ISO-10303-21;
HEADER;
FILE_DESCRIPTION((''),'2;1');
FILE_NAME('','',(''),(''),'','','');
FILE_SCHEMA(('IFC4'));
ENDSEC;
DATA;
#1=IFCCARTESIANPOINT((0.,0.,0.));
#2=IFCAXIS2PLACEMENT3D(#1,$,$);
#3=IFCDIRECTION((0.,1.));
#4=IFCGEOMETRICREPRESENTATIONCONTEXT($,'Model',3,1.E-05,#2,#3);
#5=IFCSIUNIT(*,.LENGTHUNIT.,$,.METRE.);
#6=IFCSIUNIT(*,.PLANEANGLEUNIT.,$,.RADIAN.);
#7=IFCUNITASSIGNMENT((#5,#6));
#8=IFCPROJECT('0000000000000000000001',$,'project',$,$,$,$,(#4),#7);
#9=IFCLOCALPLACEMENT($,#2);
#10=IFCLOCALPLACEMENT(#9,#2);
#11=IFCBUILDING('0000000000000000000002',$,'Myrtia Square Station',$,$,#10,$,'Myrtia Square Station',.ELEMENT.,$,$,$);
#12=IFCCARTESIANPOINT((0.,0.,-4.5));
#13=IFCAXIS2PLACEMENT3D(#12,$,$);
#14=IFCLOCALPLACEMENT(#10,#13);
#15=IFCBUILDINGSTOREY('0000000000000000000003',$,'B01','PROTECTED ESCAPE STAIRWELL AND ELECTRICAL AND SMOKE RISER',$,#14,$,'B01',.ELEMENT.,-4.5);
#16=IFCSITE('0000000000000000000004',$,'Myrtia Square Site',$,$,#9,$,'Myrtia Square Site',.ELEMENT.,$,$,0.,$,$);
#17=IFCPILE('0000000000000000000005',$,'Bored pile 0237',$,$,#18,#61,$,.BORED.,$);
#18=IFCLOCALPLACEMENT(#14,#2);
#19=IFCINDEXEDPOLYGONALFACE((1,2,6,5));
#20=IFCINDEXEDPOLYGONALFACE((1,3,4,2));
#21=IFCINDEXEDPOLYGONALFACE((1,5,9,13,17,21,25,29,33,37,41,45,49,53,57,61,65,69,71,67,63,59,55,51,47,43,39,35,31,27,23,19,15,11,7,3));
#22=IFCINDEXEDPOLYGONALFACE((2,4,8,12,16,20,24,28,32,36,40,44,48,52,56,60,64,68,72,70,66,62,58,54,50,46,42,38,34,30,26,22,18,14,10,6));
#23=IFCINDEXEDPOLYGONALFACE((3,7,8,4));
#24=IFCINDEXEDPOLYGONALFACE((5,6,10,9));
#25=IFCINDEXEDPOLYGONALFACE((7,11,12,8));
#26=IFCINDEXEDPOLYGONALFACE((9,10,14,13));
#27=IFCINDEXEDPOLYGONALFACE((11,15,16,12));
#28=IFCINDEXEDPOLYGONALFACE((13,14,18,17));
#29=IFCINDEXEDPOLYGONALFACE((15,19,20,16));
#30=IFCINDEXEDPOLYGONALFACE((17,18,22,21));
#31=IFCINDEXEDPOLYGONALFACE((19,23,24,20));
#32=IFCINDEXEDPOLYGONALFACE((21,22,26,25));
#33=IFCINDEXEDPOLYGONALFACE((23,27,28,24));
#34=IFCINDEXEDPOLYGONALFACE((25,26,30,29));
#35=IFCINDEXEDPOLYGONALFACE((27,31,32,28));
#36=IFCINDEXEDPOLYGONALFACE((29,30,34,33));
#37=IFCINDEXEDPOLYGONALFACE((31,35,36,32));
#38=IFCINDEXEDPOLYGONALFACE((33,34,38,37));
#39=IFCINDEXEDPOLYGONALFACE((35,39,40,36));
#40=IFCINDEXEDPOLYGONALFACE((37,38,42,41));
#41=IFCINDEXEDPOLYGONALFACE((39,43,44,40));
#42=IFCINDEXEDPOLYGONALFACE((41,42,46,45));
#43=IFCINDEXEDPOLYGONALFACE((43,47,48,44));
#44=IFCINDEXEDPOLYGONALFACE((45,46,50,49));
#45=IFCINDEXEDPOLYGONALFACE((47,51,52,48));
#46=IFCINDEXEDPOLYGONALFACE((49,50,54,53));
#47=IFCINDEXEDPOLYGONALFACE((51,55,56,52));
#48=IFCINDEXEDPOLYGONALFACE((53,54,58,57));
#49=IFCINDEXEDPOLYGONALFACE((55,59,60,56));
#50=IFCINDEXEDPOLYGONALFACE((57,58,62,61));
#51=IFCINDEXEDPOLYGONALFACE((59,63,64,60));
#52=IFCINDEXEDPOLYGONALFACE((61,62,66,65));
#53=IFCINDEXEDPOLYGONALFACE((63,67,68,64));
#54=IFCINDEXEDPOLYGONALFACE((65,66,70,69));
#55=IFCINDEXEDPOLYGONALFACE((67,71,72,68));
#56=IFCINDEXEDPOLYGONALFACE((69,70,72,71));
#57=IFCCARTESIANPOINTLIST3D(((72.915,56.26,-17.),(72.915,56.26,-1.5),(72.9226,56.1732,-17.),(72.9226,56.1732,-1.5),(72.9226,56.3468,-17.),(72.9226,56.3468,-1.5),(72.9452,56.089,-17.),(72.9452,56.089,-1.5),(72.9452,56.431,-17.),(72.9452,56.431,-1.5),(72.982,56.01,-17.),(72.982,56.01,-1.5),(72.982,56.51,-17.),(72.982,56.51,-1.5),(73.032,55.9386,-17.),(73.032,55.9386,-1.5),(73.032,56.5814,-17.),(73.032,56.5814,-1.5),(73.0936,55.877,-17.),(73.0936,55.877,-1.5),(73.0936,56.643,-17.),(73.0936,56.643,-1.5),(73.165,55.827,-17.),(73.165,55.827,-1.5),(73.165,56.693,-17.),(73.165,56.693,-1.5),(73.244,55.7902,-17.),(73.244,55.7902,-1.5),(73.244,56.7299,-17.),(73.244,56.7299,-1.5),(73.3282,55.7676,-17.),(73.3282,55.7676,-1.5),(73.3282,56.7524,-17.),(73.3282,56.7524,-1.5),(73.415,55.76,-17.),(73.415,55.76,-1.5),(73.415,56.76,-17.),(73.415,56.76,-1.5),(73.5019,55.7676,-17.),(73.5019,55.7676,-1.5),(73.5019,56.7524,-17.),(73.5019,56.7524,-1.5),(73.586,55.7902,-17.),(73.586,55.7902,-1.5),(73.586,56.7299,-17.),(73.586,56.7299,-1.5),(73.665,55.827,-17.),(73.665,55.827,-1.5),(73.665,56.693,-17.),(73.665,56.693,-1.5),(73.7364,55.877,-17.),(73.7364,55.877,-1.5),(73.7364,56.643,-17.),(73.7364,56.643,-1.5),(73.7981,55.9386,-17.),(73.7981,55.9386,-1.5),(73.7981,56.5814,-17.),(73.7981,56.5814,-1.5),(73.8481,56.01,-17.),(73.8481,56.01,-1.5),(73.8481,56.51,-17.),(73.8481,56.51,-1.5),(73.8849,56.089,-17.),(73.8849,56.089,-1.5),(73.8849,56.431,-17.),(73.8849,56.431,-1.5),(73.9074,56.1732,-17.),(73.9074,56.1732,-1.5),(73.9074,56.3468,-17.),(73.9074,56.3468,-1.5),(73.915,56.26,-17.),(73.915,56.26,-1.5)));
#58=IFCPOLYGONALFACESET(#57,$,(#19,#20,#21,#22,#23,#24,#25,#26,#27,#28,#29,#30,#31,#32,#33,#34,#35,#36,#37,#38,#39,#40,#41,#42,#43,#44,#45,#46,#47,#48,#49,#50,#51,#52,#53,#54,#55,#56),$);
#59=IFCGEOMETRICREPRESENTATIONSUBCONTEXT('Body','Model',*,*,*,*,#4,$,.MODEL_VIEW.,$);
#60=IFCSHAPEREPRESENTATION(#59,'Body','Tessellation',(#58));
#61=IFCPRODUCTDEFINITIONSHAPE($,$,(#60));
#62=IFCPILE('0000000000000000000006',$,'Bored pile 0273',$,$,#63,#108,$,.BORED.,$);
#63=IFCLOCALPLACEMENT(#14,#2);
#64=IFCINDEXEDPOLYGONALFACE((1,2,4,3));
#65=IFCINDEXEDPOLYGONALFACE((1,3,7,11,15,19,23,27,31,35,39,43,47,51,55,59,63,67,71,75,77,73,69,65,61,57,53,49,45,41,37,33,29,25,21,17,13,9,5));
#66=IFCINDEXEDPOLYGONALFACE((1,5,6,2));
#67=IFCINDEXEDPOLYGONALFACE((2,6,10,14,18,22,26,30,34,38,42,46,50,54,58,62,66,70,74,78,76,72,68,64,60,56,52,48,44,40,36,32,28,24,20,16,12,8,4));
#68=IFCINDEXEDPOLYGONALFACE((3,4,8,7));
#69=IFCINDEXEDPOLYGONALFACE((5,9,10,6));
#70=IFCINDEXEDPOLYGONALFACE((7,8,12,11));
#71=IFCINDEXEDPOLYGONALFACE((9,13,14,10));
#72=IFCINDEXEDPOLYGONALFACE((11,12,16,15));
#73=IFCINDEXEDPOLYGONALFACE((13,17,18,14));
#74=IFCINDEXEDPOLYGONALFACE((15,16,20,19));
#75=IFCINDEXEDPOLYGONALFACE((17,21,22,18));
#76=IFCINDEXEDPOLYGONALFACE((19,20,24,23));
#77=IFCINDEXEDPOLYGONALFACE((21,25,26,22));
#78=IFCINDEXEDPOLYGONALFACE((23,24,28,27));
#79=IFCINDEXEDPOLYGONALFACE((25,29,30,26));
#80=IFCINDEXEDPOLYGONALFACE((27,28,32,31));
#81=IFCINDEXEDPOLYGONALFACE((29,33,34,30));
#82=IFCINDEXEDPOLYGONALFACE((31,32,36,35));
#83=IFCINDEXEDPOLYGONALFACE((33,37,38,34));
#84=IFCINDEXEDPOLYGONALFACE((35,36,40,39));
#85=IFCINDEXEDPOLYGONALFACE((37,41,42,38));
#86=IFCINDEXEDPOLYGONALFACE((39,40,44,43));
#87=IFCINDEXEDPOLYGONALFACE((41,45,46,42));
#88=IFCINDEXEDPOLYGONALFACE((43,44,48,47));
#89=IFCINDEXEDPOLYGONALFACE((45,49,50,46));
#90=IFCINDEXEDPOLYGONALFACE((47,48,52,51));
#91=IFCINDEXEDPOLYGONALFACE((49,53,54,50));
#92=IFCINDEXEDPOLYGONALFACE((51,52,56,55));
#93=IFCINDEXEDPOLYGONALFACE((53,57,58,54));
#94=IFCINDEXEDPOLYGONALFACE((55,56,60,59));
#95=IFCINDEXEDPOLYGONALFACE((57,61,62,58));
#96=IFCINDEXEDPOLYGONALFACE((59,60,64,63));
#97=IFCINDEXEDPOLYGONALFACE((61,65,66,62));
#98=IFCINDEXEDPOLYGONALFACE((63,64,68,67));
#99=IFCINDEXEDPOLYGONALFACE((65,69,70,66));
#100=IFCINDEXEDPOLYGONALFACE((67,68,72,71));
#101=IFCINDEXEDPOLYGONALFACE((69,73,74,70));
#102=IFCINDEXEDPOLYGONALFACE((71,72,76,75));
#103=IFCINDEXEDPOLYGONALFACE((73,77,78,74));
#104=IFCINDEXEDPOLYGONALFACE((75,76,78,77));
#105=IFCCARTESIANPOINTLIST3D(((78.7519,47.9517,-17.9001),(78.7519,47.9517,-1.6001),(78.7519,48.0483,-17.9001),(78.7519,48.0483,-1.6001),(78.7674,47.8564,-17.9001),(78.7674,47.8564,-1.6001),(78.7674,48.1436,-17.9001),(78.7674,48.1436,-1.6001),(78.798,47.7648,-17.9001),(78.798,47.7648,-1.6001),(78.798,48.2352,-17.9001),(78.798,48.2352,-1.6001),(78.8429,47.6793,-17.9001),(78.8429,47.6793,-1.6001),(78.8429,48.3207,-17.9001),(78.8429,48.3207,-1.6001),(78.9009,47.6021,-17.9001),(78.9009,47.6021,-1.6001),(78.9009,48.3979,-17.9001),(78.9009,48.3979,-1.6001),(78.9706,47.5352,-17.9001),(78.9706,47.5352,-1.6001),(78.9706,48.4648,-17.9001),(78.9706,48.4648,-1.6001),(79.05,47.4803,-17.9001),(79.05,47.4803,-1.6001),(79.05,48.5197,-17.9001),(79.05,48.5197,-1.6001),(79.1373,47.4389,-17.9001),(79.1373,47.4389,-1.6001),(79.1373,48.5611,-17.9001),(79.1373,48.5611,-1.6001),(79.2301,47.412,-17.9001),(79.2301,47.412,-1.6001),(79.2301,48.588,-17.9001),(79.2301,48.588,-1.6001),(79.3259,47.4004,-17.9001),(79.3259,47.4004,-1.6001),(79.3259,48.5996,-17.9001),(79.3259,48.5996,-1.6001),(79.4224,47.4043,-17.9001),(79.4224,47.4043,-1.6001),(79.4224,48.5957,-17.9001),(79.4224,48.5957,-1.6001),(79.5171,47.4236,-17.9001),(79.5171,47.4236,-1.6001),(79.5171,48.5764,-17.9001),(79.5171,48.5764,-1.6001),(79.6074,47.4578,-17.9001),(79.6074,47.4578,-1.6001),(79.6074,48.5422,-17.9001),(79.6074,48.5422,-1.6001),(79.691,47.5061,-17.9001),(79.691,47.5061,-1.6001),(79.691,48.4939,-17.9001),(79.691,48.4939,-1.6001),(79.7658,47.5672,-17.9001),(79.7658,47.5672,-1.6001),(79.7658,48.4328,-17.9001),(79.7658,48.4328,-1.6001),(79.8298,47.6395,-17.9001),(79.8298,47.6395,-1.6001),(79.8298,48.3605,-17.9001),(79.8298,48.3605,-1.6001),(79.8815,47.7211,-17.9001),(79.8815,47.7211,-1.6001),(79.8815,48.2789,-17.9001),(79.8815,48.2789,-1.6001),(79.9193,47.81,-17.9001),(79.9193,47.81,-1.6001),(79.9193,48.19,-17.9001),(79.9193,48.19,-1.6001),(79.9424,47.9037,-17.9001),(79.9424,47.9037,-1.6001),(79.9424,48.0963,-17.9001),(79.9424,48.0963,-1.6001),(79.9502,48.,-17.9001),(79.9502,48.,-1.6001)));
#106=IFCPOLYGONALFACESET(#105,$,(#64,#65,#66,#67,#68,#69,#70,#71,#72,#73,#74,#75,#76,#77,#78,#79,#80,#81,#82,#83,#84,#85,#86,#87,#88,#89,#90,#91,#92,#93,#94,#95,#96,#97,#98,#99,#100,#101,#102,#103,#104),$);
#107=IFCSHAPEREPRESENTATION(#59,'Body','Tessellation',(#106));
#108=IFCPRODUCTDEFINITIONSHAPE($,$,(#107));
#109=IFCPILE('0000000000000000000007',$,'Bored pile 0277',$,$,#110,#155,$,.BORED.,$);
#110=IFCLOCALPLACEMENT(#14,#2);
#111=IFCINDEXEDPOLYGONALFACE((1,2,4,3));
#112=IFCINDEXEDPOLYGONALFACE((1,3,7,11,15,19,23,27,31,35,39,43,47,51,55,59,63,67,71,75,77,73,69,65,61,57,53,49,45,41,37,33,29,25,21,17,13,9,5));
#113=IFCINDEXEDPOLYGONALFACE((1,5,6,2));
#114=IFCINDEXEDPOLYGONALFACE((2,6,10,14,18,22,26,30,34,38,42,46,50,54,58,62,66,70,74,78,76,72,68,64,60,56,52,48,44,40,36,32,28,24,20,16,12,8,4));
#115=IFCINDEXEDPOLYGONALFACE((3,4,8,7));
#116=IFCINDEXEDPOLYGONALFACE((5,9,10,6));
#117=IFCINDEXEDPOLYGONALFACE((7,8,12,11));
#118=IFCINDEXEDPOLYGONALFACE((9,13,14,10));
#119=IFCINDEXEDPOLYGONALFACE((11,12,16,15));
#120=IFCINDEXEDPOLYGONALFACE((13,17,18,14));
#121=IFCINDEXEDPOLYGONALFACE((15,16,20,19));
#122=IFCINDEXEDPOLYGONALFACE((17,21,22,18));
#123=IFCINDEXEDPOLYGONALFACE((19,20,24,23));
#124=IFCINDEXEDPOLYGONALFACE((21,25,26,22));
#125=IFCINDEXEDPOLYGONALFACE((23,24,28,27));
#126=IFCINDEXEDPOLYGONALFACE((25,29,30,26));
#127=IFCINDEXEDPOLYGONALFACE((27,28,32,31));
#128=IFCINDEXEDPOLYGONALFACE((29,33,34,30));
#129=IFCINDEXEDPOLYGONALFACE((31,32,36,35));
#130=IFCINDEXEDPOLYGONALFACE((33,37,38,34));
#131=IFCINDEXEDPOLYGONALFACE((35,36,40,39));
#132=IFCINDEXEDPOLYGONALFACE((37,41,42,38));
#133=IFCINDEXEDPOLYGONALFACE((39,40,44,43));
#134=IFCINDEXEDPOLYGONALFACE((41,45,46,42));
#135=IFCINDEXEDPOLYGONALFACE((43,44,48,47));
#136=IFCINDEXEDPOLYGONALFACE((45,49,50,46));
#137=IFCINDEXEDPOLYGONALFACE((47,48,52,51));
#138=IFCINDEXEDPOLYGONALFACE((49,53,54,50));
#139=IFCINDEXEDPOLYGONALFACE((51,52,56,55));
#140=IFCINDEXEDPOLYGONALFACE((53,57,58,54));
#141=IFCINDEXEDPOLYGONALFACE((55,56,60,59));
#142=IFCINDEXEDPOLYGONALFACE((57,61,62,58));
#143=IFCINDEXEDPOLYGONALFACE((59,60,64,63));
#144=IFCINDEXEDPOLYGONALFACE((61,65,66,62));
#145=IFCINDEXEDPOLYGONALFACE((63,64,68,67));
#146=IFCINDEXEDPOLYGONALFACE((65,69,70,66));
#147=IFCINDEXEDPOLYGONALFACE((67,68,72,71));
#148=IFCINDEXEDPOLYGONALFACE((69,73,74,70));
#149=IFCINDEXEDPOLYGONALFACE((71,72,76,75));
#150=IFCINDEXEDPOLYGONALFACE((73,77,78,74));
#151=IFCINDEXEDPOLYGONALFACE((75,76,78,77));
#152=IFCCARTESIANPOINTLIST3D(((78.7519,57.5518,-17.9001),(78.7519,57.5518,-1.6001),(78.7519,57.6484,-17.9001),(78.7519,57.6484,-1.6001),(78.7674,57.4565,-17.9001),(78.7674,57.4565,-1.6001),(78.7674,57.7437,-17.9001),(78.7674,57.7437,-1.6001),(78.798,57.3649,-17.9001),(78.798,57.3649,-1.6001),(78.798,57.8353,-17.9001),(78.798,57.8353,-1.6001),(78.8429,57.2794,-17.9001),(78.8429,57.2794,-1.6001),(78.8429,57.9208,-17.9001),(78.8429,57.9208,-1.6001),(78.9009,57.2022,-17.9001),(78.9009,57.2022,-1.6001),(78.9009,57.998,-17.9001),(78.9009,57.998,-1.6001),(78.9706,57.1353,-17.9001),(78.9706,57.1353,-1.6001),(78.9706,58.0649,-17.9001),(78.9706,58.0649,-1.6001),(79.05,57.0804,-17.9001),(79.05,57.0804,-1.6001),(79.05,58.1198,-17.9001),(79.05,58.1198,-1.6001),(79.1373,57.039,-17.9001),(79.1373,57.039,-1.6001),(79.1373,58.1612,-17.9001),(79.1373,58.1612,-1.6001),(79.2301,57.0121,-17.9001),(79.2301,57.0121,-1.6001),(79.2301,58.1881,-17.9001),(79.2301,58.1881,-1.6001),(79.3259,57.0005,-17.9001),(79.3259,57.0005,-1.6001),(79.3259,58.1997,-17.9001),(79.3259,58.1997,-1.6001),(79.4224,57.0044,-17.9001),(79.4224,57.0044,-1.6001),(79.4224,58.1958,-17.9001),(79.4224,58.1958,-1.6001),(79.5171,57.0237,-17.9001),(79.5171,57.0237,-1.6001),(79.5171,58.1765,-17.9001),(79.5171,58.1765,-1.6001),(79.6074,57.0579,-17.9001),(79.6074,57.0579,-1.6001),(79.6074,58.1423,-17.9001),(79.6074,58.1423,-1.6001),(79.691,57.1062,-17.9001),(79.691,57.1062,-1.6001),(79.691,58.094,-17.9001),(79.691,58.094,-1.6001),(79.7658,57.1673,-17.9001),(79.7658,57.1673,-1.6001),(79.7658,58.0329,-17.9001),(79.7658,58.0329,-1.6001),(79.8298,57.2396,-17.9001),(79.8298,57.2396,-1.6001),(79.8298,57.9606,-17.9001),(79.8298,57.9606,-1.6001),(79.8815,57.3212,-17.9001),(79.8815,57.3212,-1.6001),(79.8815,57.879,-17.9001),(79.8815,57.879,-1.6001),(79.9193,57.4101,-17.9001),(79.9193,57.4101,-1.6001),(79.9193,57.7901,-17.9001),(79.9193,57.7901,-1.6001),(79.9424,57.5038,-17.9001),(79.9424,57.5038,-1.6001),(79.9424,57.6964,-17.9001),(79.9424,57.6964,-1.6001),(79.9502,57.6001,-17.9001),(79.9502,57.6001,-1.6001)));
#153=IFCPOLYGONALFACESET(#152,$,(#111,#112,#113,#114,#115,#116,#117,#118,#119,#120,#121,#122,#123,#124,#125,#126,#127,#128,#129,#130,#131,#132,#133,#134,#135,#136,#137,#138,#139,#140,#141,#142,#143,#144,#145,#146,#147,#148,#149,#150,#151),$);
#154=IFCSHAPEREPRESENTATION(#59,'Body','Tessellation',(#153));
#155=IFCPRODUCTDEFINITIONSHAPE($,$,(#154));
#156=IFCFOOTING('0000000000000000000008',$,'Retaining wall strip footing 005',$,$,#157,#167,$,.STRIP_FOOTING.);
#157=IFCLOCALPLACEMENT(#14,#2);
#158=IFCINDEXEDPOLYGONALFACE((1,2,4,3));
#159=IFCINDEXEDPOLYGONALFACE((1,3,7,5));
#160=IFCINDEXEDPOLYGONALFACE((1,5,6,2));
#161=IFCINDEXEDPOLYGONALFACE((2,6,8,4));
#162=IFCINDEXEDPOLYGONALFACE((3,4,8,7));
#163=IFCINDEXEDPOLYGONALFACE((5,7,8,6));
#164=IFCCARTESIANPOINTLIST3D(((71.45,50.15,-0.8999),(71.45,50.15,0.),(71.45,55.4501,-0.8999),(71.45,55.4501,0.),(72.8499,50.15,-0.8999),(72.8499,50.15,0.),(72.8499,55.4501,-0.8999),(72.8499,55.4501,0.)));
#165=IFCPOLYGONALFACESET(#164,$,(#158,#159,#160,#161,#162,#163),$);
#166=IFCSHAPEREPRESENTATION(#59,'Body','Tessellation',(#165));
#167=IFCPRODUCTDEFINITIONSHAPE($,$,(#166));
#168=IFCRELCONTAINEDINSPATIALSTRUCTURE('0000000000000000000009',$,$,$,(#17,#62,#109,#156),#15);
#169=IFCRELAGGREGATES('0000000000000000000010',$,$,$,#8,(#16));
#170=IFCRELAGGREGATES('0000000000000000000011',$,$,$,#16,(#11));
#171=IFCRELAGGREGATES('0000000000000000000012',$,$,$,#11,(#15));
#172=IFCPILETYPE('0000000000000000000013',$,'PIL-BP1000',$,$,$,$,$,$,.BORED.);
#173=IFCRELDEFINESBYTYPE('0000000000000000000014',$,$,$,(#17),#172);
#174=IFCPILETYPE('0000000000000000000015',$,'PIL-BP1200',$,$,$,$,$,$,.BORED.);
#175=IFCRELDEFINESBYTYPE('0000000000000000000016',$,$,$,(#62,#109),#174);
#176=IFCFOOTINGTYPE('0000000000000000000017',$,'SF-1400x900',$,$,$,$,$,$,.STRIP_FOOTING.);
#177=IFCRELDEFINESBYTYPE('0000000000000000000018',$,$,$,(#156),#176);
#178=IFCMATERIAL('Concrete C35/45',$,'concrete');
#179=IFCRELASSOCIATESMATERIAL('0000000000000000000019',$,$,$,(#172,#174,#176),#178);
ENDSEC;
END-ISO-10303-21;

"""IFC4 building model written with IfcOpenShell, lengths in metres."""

from ifc_helpers import new_model, si_unit, direction, frame, origin, origin_2d, place, context, subcontext, project, spatial, rectangle, circle, extrude, material, material_profile, profile_set, type_object, element, save


model = new_model("IFC4")

# Units and contexts
model_context = context("Model", 3, precision=1e-05, world=origin(), true_north=direction((0.0, 1.0)))
body_context = subcontext(model_context, "Body", "Model", "MODEL_VIEW")
ifc_project = project(units=[si_unit("LENGTHUNIT", "METRE"), si_unit("PLANEANGLEUNIT", "RADIAN")], contexts=[model_context])

# Site, building, storey
site_placement = place(None, origin())
site = spatial("IfcSite", under=ifc_project, at=site_placement, Name="Myrtia Square Site", LongName="Myrtia Square Site", CompositionType="ELEMENT", RefElevation=0.0)
building_placement = place(site_placement, origin())
building = spatial("IfcBuilding", under=site, at=building_placement, Name="Myrtia Square Station", LongName="Myrtia Square Station", CompositionType="ELEMENT")
storey_placement = place(building_placement, frame((0.0, 0.0, -4.5)))
storey = spatial("IfcBuildingStorey", under=building, at=storey_placement, Name="B01", Description="PROTECTED ESCAPE STAIRWELL AND ELECTRICAL AND SMOKE RISER", LongName="B01", CompositionType="ELEMENT", Elevation=-4.5)

# Shared definitions
ifc_material_1 = material(Name="Concrete C35/45", Category="concrete")

# Piles
ifc_material_profile_1 = material_profile(ifc_material_1, circle(Radius=0.5, at=origin_2d()), Name="BP D1000")
ifc_profile_set_1 = profile_set([ifc_material_profile_1], Name="Concrete C35/45")
pile_type_1 = type_object("IfcPileType", Name="PIL-BP1000", PredefinedType="BORED", material=ifc_profile_set_1)
for number, where, z_axis, x_axis, name in (
    (1, (73.415, 56.26, -1.5), (0.0, 0.0, -1.0), (1.0, 0.0, 0.0), "Bored pile 0237"),
):
    element("IfcPile", number, at=place(storey_placement, frame(where, z_axis=z_axis, x_axis=x_axis)), inside=storey, type_object=pile_type_1, Name=name, PredefinedType="BORED", context=body_context, shape_type="SweptSolid", body=[
        extrude(circle(Radius=0.5, at=origin_2d()), origin(), (0.0, 0.0, 1.0), 15.5),
    ])
ifc_material_profile_2 = material_profile(ifc_material_1, circle(Radius=0.6001, at=origin_2d()), Name="BP D1200")
ifc_profile_set_2 = profile_set([ifc_material_profile_2], Name="Concrete C35/45")
pile_type_2 = type_object("IfcPileType", Name="PIL-BP1200", PredefinedType="BORED", material=ifc_profile_set_2)
for number, where, z_axis, x_axis, name in (
    (2, (79.3501, 48.0, -1.6001), (0.0, 0.0, -1.0), (1.0, 0.0, 0.0), "Bored pile 0273"),
    (3, (79.3501, 57.6001, -1.6001), (0.0, 0.0, -1.0), (1.0, 0.0, 0.0), "Bored pile 0277"),
):
    element("IfcPile", number, at=place(storey_placement, frame(where, z_axis=z_axis, x_axis=x_axis)), inside=storey, type_object=pile_type_2, Name=name, PredefinedType="BORED", context=body_context, shape_type="SweptSolid", body=[
        extrude(circle(Radius=0.6001, at=origin_2d()), origin(), (0.0, 0.0, 1.0), 16.3),
    ])

# Footing
footing_type_1 = type_object("IfcFootingType", Name="SF-1400x900", PredefinedType="STRIP_FOOTING", material=ifc_material_1)
footing_1_placement = place(storey_placement, frame((72.1499, 52.8, -0.8999), z_axis=(0.0, 0.0, 1.0), x_axis=(1.0, 0.0, 0.0)))
element("IfcFooting", 4, at=footing_1_placement, inside=storey, type_object=footing_type_1, Name="Retaining wall strip footing 005", PredefinedType="STRIP_FOOTING", context=body_context, shape_type="SweptSolid", body=[
    extrude(rectangle(XDim=1.3999, YDim=5.3, at=origin_2d()), origin(), (0.0, 0.0, 1.0), 0.8999),
])

save(model, "model.ifc")
